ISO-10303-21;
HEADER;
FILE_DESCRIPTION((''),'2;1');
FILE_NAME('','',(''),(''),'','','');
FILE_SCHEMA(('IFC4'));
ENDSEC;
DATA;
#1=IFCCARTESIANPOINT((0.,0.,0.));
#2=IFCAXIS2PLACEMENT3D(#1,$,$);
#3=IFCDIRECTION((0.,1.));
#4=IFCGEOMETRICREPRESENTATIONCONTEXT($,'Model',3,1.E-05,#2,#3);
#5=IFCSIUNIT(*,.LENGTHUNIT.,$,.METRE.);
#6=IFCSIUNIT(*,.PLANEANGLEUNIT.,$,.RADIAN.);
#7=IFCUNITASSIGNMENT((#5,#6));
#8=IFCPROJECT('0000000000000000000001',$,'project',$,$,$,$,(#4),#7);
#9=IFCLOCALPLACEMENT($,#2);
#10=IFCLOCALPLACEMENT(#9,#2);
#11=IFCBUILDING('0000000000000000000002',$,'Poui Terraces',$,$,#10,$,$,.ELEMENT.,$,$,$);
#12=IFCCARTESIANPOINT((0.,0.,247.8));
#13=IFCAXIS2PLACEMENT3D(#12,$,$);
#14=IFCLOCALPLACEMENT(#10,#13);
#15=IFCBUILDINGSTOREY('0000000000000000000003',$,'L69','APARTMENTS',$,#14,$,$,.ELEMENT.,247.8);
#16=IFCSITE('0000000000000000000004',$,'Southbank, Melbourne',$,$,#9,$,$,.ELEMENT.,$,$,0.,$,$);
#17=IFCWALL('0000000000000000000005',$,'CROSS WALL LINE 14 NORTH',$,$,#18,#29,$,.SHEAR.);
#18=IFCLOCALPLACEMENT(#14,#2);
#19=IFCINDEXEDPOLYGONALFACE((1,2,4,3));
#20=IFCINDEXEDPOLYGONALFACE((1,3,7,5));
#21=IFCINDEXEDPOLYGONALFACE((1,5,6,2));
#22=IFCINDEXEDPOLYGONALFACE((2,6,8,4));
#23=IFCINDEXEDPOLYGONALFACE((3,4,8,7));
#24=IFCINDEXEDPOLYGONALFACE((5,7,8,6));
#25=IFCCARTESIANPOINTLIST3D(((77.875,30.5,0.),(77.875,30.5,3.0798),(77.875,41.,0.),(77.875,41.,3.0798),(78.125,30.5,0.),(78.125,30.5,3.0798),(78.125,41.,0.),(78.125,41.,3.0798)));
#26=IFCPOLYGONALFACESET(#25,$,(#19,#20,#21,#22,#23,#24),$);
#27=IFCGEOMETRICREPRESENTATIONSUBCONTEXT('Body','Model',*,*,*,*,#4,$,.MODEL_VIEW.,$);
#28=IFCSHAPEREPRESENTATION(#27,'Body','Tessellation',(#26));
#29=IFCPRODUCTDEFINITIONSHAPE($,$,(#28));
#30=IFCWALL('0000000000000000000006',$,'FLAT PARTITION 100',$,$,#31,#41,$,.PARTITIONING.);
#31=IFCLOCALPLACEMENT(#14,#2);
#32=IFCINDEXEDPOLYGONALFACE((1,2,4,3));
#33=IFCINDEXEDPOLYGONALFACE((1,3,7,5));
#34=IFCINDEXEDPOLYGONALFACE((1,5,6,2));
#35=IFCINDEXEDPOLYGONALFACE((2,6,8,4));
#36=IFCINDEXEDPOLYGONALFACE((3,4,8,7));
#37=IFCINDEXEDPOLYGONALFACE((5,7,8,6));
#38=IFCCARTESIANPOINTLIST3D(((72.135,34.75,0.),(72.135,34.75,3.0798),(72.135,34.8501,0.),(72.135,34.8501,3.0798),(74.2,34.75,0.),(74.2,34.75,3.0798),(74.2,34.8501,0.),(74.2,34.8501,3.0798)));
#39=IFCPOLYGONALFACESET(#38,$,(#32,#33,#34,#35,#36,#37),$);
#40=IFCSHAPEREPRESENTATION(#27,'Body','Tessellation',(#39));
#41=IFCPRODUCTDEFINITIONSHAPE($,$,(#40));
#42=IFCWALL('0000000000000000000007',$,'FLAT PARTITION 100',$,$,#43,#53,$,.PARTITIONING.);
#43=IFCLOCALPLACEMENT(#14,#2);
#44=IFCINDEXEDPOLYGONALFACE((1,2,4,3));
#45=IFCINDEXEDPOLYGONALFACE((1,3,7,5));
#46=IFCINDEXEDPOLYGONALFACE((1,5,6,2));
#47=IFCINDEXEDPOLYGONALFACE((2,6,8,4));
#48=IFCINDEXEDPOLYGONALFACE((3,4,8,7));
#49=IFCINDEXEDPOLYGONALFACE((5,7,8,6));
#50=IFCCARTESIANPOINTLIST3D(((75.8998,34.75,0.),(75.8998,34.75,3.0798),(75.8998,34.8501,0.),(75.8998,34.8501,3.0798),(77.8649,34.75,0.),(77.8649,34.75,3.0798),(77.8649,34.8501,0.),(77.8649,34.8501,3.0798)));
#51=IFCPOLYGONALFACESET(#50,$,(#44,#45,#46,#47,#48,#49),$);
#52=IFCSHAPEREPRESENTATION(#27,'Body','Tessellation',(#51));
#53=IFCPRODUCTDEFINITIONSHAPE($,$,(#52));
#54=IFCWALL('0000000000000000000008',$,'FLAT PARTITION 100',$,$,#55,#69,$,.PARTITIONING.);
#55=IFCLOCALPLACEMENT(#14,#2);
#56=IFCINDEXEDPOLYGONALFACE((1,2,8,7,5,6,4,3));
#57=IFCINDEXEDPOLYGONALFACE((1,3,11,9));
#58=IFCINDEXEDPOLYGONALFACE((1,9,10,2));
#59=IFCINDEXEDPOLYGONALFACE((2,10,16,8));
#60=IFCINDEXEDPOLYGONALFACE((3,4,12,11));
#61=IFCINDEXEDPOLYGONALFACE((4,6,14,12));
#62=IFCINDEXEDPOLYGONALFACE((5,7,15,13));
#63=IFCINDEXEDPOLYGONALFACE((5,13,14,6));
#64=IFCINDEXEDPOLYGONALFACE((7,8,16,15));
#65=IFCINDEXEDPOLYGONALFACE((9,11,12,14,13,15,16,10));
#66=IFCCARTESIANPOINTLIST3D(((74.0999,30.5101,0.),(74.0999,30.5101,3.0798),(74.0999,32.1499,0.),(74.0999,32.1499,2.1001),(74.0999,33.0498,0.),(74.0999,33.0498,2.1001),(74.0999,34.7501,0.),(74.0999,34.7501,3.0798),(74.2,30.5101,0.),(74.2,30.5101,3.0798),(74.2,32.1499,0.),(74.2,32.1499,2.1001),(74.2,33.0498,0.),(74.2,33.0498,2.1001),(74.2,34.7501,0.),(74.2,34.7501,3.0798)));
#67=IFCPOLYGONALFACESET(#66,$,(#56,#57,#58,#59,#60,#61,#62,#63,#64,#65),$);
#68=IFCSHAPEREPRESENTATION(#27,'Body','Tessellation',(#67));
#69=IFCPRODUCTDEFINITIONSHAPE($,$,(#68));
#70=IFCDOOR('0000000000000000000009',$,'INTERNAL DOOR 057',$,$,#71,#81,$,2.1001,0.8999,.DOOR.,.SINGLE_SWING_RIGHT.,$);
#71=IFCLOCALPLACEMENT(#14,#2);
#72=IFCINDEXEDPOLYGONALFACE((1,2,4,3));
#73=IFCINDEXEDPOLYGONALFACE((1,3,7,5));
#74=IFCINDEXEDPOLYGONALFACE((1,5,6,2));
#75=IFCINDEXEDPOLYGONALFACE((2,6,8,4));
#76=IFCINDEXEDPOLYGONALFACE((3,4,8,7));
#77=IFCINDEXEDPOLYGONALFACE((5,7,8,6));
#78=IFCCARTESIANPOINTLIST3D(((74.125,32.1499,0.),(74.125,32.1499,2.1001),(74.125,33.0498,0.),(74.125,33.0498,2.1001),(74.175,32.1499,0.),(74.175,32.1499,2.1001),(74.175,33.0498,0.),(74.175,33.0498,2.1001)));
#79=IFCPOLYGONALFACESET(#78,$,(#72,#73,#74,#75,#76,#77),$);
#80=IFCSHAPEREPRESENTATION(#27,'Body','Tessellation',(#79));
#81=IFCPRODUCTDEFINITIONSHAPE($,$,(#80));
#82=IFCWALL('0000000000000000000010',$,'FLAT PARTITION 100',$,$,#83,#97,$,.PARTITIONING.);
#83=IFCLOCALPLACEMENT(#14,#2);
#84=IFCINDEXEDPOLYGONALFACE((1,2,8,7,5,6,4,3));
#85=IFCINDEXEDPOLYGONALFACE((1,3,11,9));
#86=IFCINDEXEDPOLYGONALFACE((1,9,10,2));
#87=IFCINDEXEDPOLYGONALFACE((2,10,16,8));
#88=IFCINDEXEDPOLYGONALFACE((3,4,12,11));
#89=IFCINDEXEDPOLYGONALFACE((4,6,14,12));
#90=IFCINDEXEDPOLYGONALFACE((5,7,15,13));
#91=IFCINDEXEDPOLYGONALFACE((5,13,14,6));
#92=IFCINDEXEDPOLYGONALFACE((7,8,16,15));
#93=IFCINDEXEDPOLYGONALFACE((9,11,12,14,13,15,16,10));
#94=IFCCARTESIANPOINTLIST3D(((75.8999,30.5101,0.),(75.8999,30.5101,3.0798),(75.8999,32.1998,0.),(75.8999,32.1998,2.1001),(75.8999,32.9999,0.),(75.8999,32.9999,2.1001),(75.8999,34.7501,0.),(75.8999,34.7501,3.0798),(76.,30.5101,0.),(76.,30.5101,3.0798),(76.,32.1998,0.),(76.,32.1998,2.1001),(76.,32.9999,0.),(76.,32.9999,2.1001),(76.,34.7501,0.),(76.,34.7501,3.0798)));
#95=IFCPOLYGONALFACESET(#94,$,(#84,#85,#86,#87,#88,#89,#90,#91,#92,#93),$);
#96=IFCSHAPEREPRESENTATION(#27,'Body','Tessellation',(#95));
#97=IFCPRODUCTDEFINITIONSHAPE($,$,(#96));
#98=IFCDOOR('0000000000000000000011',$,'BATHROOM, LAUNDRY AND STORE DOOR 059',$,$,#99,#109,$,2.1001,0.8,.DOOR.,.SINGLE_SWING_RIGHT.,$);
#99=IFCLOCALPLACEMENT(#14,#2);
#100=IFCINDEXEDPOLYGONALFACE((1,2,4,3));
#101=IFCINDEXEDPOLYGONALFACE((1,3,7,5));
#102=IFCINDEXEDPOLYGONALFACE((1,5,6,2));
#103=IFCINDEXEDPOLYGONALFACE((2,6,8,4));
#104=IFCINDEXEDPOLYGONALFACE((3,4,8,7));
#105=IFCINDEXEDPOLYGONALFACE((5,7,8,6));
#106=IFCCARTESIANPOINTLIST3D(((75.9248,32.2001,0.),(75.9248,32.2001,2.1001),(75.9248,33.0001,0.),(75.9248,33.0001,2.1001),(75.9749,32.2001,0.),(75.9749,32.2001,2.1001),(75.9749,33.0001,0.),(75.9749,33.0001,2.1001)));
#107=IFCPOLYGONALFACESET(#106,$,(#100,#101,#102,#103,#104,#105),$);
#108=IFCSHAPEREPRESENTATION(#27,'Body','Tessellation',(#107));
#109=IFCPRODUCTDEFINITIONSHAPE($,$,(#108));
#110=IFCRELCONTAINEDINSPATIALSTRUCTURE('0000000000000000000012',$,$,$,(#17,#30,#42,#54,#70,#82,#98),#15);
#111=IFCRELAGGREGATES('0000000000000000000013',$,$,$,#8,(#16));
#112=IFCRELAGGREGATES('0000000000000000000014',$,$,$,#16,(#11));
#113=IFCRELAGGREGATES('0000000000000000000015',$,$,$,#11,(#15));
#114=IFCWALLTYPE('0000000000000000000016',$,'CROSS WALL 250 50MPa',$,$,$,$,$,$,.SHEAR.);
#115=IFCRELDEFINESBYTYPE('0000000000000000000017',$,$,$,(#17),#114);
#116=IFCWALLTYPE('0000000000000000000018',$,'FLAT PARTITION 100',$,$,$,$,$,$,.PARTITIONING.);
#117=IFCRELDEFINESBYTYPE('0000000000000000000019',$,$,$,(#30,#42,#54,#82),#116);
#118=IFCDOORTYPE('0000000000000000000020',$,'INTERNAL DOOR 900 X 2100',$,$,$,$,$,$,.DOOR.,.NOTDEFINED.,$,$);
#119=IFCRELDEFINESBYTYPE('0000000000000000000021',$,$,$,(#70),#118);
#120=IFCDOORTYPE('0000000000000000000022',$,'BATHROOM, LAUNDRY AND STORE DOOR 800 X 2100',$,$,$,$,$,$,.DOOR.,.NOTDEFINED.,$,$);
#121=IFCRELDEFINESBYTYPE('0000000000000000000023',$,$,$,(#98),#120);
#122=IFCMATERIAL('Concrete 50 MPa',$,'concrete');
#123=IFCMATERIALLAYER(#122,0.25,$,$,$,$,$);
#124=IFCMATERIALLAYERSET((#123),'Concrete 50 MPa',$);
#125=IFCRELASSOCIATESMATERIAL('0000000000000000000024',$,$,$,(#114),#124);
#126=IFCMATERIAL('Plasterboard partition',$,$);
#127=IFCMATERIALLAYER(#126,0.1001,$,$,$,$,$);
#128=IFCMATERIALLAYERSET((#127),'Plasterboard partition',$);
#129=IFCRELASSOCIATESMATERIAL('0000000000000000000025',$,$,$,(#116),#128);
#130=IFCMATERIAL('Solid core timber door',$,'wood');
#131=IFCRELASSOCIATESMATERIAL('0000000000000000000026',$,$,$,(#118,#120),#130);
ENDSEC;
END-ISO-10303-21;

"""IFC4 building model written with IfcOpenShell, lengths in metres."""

from ifc_helpers import new_model, si_unit, direction, frame, frame_2d, origin, place, context, subcontext, project, spatial, rectangle, extrude, material, layer, layer_set, type_object, element, fill, save


model = new_model("IFC4")

# Units and contexts
model_context = context("Model", 3, precision=1e-05, world=origin(), true_north=direction((0.0, 1.0)))
body_context = subcontext(model_context, "Body", "Model", "MODEL_VIEW")
ifc_project = project(units=[si_unit("LENGTHUNIT", "METRE"), si_unit("PLANEANGLEUNIT", "RADIAN")], contexts=[model_context])

# Site, building, storey
site_placement = place(None, origin())
site = spatial("IfcSite", under=ifc_project, at=site_placement, Name="Southbank, Melbourne", CompositionType="ELEMENT", RefElevation=0.0)
building_placement = place(site_placement, origin())
building = spatial("IfcBuilding", under=site, at=building_placement, Name="Poui Terraces", CompositionType="ELEMENT")
storey_placement = place(building_placement, frame((0.0, 0.0, 247.8)))
storey = spatial("IfcBuildingStorey", under=building, at=storey_placement, Name="L69", Description="APARTMENTS", CompositionType="ELEMENT", Elevation=247.8)

# Walls
ifc_material_1 = material(Name="Concrete 50 MPa", Category="concrete")
ifc_layer_1 = layer(ifc_material_1, 0.25)
ifc_layer_set_1 = layer_set([ifc_layer_1], Name="Concrete 50 MPa")
wall_type_1 = type_object("IfcWallType", Name="CROSS WALL 250 50MPa", PredefinedType="SHEAR", material=ifc_layer_set_1)
wall_1_placement = place(storey_placement, frame((78.0, 30.5, 0.0), z_axis=(0.0, 0.0, 1.0), x_axis=(0.0, 1.0, 0.0)))
element("IfcWall", 1, at=wall_1_placement, inside=storey, type_object=wall_type_1, Name="CROSS WALL LINE 14 NORTH", PredefinedType="SHEAR", context=body_context, shape_type="SweptSolid", body=[
    extrude(rectangle(XDim=10.5, YDim=0.25, at=frame_2d((5.25, 0.0))), origin(), (0.0, 0.0, 1.0), 3.0798),
])
ifc_material_2 = material(Name="Plasterboard partition")
ifc_layer_2 = layer(ifc_material_2, 0.1001)
ifc_layer_set_2 = layer_set([ifc_layer_2], Name="Plasterboard partition")
wall_type_2 = type_object("IfcWallType", Name="FLAT PARTITION 100", PredefinedType="PARTITIONING", material=ifc_layer_set_2)
wall_2_placement = place(storey_placement, frame((72.135, 34.8, 0.0), z_axis=(0.0, 0.0, 1.0), x_axis=(1.0, 0.0, 0.0)))
element("IfcWall", 2, at=wall_2_placement, inside=storey, type_object=wall_type_2, Name="FLAT PARTITION 100", PredefinedType="PARTITIONING", context=body_context, shape_type="SweptSolid", body=[
    extrude(rectangle(XDim=2.0649, YDim=0.1001, at=frame_2d((1.0325, 0.0))), origin(), (0.0, 0.0, 1.0), 3.0798),
])
wall_3_placement = place(storey_placement, frame((75.8999, 34.8, 0.0), z_axis=(0.0, 0.0, 1.0), x_axis=(1.0, 0.0, 0.0)))
element("IfcWall", 3, at=wall_3_placement, inside=storey, type_object=wall_type_2, Name="FLAT PARTITION 100", PredefinedType="PARTITIONING", context=body_context, shape_type="SweptSolid", body=[
    extrude(rectangle(XDim=1.9651, YDim=0.1001, at=frame_2d((0.9824, 0.0))), origin(), (0.0, 0.0, 1.0), 3.0798),
])

# Walls, openings, doors
wall_4_placement = place(storey_placement, frame((74.1499, 30.51, 0.0), z_axis=(0.0, 0.0, 1.0), x_axis=(0.0, 1.0, 0.0)))
wall_4 = element("IfcWall", 4, at=wall_4_placement, inside=storey, type_object=wall_type_2, Name="FLAT PARTITION 100", PredefinedType="PARTITIONING", context=body_context, shape_type="SweptSolid", body=[
    extrude(rectangle(XDim=4.24, YDim=0.1001, at=frame_2d((2.1201, 0.0))), origin(), (0.0, 0.0, 1.0), 3.0798),
])
opening_1_placement = place(wall_4_placement, frame((1.6399, 0.0, 0.0)))
opening_1 = element("IfcOpeningElement", 5, at=opening_1_placement, cuts=wall_4, PredefinedType="OPENING", context=body_context, shape_type="SweptSolid", body=[
    extrude(rectangle(XDim=0.8999, YDim=2.1001, at=frame_2d((0.45, 1.05))), frame((0.0, 0.0601, 0.0), z_axis=(0.0, -1.0, 0.0), x_axis=(1.0, 0.0, 0.0)), (0.0, 0.0, 1.0), 0.1201),
])
ifc_material_3 = material(Name="Solid core timber door", Category="wood")
door_type_1 = type_object("IfcDoorType", Name="INTERNAL DOOR 900 X 2100", OperationType="NOTDEFINED", PredefinedType="DOOR", material=ifc_material_3)
door_1_placement = place(opening_1_placement, origin())
door_1 = element("IfcDoor", 6, at=door_1_placement, inside=storey, type_object=door_type_1, Name="INTERNAL DOOR 057", OperationType="SINGLE_SWING_RIGHT", OverallHeight=2.1001, OverallWidth=0.8999, PredefinedType="DOOR", context=body_context, shape_type="SweptSolid", body=[
    extrude(rectangle(XDim=0.8999, YDim=2.1001, at=frame_2d((0.45, 1.05))), frame((0.0, 0.0249, 0.0), z_axis=(0.0, -1.0, 0.0), x_axis=(1.0, 0.0, 0.0)), (0.0, 0.0, 1.0), 0.05),
])
fill(opening_1, door_1)
wall_5_placement = place(storey_placement, frame((75.95, 30.51, 0.0), z_axis=(0.0, 0.0, 1.0), x_axis=(0.0, 1.0, 0.0)))
wall_5 = element("IfcWall", 7, at=wall_5_placement, inside=storey, type_object=wall_type_2, Name="FLAT PARTITION 100", PredefinedType="PARTITIONING", context=body_context, shape_type="SweptSolid", body=[
    extrude(rectangle(XDim=4.24, YDim=0.1001, at=frame_2d((2.1201, 0.0))), origin(), (0.0, 0.0, 1.0), 3.0798),
])
opening_2_placement = place(wall_5_placement, frame((1.6899, 0.0, 0.0)))
opening_2 = element("IfcOpeningElement", 8, at=opening_2_placement, cuts=wall_5, PredefinedType="OPENING", context=body_context, shape_type="SweptSolid", body=[
    extrude(rectangle(XDim=0.8, YDim=2.1001, at=frame_2d((0.3999, 1.05))), frame((0.0, 0.0601, 0.0), z_axis=(0.0, -1.0, 0.0), x_axis=(1.0, 0.0, 0.0)), (0.0, 0.0, 1.0), 0.1201),
])
door_type_2 = type_object("IfcDoorType", Name="BATHROOM, LAUNDRY AND STORE DOOR 800 X 2100", OperationType="NOTDEFINED", PredefinedType="DOOR", material=ifc_material_3)
door_2_placement = place(opening_2_placement, frame((0.8, 0.0, 0.0), z_axis=(0.0, 0.0, 1.0), x_axis=(-1.0, 0.0, 0.0)))
door_2 = element("IfcDoor", 9, at=door_2_placement, inside=storey, type_object=door_type_2, Name="BATHROOM, LAUNDRY AND STORE DOOR 059", OperationType="SINGLE_SWING_RIGHT", OverallHeight=2.1001, OverallWidth=0.8, PredefinedType="DOOR", context=body_context, shape_type="SweptSolid", body=[
    extrude(rectangle(XDim=0.8, YDim=2.1001, at=frame_2d((0.3999, 1.05))), frame((0.0, 0.0249, 0.0), z_axis=(0.0, -1.0, 0.0), x_axis=(1.0, 0.0, 0.0)), (0.0, 0.0, 1.0), 0.05),
])
fill(opening_2, door_2)

save(model, "model.ifc")
